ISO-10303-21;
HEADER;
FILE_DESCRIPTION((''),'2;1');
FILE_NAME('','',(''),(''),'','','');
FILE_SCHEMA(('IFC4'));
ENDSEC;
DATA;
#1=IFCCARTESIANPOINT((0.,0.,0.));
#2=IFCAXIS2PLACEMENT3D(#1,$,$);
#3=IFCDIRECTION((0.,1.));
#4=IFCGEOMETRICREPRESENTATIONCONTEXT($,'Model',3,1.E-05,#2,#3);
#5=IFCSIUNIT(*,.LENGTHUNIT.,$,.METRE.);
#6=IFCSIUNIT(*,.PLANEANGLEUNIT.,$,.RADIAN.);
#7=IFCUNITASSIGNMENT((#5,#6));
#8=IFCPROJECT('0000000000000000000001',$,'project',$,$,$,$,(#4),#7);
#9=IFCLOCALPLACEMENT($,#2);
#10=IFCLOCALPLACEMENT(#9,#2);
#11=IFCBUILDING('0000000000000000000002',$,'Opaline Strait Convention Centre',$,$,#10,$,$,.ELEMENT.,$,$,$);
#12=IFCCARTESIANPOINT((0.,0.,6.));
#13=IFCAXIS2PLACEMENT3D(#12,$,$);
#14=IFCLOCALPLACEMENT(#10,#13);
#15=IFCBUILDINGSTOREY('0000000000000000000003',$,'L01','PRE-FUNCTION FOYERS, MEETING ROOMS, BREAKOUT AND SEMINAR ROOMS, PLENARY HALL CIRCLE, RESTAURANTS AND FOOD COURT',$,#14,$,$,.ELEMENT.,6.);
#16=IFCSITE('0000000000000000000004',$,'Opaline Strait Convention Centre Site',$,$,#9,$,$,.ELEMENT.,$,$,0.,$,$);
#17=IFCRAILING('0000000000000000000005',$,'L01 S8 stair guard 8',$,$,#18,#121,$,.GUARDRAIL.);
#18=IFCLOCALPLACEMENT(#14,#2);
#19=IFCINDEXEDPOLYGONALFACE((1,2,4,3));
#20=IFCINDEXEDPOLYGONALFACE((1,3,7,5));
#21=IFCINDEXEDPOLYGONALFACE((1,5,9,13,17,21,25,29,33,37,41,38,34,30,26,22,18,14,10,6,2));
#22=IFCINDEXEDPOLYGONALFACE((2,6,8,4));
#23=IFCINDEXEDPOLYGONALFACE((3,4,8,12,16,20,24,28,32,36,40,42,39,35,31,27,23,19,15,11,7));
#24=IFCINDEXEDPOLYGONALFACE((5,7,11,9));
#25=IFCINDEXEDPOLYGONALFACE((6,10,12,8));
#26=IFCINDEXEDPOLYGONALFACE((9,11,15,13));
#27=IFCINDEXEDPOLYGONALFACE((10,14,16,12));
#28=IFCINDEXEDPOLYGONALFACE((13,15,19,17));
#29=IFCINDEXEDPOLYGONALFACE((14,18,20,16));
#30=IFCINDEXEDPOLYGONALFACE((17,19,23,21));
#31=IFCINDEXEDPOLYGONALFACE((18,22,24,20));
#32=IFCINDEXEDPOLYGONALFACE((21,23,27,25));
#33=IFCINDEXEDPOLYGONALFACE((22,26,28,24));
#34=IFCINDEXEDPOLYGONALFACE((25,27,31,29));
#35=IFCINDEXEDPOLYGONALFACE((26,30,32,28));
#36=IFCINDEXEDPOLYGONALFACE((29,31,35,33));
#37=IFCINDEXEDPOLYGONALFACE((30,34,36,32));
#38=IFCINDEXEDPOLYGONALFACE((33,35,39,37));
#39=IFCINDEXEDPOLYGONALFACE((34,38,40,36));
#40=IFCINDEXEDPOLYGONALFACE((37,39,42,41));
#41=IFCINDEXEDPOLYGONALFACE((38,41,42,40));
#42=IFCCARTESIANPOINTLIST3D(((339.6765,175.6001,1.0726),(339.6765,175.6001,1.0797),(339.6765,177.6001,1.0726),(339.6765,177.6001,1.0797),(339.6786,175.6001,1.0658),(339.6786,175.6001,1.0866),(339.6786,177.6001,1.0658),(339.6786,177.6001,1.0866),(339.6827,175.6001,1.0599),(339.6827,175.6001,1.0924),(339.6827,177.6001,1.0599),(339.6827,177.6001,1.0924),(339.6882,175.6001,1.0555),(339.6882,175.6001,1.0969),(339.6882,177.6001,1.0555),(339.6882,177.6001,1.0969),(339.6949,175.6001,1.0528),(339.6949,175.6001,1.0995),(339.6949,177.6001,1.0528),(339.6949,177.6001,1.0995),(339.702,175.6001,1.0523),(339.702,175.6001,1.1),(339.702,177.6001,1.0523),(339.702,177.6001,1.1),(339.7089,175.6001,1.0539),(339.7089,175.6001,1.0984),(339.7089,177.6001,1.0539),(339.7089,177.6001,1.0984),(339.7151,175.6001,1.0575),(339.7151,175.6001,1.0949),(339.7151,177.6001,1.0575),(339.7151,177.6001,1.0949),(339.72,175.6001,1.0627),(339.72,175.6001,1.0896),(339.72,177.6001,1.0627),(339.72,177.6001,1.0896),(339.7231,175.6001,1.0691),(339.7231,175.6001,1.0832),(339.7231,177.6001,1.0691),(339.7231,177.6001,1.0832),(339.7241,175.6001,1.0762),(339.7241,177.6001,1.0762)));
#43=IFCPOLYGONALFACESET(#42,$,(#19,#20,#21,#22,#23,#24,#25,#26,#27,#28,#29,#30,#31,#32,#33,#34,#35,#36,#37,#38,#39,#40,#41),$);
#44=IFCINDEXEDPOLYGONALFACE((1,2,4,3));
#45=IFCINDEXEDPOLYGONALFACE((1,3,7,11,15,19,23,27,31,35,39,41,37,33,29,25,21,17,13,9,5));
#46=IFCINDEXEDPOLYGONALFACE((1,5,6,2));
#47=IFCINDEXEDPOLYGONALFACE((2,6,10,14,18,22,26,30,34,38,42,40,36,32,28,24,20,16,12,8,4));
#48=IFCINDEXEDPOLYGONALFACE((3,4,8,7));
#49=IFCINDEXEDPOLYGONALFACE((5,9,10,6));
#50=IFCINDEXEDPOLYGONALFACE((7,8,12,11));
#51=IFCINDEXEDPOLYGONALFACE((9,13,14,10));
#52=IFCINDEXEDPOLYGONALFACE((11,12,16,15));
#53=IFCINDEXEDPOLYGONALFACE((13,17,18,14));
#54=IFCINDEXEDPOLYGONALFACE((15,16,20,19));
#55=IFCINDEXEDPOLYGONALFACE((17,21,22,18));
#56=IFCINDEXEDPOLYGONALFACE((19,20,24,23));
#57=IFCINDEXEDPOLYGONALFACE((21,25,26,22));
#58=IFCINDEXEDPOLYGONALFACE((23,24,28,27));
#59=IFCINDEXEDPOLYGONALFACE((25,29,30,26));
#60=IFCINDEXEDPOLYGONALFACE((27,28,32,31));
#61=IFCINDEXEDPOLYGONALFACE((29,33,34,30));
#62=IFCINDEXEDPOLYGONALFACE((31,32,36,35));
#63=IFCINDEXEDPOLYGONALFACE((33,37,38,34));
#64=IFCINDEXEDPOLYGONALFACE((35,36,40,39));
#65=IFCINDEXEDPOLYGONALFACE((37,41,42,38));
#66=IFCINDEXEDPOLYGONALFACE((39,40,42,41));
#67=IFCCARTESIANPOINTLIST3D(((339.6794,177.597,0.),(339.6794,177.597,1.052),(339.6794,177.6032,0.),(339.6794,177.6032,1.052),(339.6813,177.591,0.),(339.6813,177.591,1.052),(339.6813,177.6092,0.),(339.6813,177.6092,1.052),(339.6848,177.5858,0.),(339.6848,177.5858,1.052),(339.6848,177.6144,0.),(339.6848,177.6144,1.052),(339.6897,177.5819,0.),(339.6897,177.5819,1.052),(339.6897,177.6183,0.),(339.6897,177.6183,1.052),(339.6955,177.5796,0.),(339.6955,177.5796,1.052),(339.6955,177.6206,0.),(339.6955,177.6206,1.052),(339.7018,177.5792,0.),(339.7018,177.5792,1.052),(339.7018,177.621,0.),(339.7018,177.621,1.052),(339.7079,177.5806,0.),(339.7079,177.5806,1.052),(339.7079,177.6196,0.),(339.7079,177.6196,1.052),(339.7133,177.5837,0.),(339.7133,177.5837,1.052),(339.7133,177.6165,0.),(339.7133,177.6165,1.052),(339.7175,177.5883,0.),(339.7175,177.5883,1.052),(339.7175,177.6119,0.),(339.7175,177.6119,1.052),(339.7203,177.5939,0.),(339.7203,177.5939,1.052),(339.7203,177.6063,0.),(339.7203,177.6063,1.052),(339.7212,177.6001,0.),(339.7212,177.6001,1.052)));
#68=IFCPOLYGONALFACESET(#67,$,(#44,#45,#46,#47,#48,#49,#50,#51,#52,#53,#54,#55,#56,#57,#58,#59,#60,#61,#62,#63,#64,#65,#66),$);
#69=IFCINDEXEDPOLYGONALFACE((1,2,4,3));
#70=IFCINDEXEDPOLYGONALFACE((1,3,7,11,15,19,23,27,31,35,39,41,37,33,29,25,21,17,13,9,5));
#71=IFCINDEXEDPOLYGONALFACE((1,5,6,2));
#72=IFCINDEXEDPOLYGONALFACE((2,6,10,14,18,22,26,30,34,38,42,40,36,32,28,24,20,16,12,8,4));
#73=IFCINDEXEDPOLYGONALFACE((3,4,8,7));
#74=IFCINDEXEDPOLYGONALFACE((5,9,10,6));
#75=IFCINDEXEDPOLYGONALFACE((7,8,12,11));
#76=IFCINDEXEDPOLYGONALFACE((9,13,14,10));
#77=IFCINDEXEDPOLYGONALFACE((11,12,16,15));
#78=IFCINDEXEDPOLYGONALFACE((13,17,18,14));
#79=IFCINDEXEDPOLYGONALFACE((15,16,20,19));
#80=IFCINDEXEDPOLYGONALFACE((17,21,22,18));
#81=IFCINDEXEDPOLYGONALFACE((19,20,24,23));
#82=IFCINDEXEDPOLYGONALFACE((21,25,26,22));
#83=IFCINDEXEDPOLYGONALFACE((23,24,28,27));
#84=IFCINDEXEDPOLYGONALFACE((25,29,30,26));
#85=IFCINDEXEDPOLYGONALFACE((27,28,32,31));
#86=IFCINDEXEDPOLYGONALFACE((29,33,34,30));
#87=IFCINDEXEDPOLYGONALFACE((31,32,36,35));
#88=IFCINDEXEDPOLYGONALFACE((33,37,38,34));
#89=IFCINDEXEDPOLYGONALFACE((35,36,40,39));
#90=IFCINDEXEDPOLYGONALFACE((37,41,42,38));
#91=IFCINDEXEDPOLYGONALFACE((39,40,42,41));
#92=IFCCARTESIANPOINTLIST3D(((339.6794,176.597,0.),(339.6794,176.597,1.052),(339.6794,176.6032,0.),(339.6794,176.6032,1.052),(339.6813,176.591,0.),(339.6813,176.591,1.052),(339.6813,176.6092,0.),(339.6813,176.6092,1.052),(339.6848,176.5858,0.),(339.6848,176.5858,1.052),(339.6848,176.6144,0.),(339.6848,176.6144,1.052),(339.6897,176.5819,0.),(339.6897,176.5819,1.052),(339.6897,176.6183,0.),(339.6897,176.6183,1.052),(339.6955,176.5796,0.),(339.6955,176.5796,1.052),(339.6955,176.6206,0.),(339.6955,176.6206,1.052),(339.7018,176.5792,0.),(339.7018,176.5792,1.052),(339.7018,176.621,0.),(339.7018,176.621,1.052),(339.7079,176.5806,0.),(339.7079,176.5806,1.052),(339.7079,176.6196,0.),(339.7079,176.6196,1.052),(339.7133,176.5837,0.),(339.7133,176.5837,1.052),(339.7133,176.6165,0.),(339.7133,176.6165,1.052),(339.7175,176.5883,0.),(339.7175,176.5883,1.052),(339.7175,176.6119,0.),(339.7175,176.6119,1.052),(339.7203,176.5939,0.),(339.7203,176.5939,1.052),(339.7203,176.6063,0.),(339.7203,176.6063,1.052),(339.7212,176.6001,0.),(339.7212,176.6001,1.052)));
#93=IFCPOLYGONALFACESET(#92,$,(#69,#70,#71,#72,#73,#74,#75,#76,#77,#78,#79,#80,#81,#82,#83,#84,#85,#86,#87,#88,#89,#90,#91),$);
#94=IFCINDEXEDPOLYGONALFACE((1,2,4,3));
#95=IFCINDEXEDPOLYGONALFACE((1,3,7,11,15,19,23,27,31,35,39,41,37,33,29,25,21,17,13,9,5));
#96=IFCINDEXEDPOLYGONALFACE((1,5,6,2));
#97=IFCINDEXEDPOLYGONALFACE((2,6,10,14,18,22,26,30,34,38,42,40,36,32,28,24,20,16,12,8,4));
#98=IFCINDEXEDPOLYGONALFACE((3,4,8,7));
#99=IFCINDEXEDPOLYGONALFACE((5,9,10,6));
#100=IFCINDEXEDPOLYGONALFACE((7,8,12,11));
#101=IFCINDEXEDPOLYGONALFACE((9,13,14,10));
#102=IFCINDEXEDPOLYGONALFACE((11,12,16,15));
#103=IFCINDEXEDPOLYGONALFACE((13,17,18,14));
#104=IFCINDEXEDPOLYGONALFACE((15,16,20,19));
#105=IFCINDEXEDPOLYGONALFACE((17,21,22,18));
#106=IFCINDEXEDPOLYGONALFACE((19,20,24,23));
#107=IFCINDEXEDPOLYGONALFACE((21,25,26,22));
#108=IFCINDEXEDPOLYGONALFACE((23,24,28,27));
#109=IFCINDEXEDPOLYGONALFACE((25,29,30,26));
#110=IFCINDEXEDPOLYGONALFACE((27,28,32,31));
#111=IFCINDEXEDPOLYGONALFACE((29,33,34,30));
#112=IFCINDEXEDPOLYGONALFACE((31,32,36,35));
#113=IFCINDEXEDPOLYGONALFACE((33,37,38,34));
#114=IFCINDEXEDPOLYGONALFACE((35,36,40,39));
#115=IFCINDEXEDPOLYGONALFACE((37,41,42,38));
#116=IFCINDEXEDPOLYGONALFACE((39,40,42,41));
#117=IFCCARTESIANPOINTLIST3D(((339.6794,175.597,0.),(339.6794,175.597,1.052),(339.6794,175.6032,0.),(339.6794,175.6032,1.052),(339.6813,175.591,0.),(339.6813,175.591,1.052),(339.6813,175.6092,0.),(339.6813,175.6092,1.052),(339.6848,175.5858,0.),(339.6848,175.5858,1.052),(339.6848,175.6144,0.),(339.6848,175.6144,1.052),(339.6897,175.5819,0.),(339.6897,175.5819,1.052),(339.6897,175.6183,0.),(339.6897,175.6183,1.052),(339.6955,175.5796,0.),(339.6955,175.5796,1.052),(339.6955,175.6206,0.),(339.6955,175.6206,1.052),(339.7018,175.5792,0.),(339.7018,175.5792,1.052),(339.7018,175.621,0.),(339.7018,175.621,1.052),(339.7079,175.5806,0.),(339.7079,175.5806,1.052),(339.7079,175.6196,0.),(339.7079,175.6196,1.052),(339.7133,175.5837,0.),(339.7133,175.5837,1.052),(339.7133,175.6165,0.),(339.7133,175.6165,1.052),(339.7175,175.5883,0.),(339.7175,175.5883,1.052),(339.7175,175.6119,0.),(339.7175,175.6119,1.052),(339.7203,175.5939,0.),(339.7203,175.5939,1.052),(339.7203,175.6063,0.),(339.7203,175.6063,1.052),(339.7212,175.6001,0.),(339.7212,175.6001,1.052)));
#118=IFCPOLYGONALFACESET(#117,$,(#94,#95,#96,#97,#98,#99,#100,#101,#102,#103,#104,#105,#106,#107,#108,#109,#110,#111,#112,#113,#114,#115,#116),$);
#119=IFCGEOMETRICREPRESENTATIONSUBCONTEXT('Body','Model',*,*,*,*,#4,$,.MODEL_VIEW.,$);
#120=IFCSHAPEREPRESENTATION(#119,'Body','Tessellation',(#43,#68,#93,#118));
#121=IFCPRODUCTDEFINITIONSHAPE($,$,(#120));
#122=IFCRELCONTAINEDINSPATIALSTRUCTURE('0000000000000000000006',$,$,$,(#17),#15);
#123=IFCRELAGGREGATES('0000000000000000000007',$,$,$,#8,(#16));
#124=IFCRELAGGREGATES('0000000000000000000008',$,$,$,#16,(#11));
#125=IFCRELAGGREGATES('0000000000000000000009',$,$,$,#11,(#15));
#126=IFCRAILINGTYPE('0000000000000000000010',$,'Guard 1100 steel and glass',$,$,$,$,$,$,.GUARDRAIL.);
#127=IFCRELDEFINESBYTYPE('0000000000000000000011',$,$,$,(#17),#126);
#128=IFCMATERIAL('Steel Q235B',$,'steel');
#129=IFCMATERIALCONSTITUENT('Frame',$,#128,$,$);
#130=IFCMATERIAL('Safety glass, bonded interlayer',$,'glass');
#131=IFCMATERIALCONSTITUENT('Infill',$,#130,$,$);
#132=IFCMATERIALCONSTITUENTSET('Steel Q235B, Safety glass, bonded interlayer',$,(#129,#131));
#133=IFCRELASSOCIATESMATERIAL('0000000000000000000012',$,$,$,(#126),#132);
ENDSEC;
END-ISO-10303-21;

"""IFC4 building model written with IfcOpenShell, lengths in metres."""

from ifc_helpers import new_model, si_unit, direction, frame, origin, origin_2d, place, context, subcontext, project, spatial, circle, extrude, material, constituent, constituent_set, type_object, element, save


model = new_model("IFC4")

# Units and contexts
model_context = context("Model", 3, precision=1e-05, world=origin(), true_north=direction((0.0, 1.0)))
body_context = subcontext(model_context, "Body", "Model", "MODEL_VIEW")
ifc_project = project(units=[si_unit("LENGTHUNIT", "METRE"), si_unit("PLANEANGLEUNIT", "RADIAN")], contexts=[model_context])

# Site, building, storey
site_placement = place(None, origin())
site = spatial("IfcSite", under=ifc_project, at=site_placement, Name="Opaline Strait Convention Centre Site", CompositionType="ELEMENT", RefElevation=0.0)
building_placement = place(site_placement, origin())
building = spatial("IfcBuilding", under=site, at=building_placement, Name="Opaline Strait Convention Centre", CompositionType="ELEMENT")
storey_placement = place(building_placement, frame((0.0, 0.0, 6.0)))
storey = spatial("IfcBuildingStorey", under=building, at=storey_placement, Name="L01", Description="PRE-FUNCTION FOYERS, MEETING ROOMS, BREAKOUT AND SEMINAR ROOMS, PLENARY HALL CIRCLE, RESTAURANTS AND FOOD COURT", CompositionType="ELEMENT", Elevation=6.0)

# Railing
ifc_material_1 = material(Name="Steel Q235B", Category="steel")
ifc_constituent_1 = constituent(ifc_material_1, Name="Frame")
ifc_material_2 = material(Name="Safety glass, bonded interlayer", Category="glass")
ifc_constituent_2 = constituent(ifc_material_2, Name="Infill")
ifc_constituent_set = constituent_set(constituents=[ifc_constituent_1, ifc_constituent_2], Name="Steel Q235B, Safety glass, bonded interlayer")
railing_type_1 = type_object("IfcRailingType", Name="Guard 1100 steel and glass", PredefinedType="GUARDRAIL", material=ifc_constituent_set)
railing_1_placement = place(storey_placement, frame((339.7002, 177.6001, 0.0)))
element("IfcRailing", 1, at=railing_1_placement, inside=storey, type_object=railing_type_1, Name="L01 S8 stair guard 8", PredefinedType="GUARDRAIL", context=body_context, shape_type="SweptSolid", body=[
    extrude(circle(Radius=0.0239, at=origin_2d()), frame((0.0, 0.0, 1.0762), z_axis=(0.0, -1.0, 0.0), x_axis=(1.0, 0.0, 0.0)), (0.0, 0.0, 1.0), 2.0),
    extrude(circle(Radius=0.021, at=origin_2d()), origin(), (0.0, 0.0, 1.0), 1.052),
    extrude(circle(Radius=0.021, at=origin_2d()), frame((0.0, -1.0, 0.0)), (0.0, 0.0, 1.0), 1.052),
    extrude(circle(Radius=0.021, at=origin_2d()), frame((0.0, -2.0, 0.0)), (0.0, 0.0, 1.0), 1.052),
])

save(model, "model.ifc")
